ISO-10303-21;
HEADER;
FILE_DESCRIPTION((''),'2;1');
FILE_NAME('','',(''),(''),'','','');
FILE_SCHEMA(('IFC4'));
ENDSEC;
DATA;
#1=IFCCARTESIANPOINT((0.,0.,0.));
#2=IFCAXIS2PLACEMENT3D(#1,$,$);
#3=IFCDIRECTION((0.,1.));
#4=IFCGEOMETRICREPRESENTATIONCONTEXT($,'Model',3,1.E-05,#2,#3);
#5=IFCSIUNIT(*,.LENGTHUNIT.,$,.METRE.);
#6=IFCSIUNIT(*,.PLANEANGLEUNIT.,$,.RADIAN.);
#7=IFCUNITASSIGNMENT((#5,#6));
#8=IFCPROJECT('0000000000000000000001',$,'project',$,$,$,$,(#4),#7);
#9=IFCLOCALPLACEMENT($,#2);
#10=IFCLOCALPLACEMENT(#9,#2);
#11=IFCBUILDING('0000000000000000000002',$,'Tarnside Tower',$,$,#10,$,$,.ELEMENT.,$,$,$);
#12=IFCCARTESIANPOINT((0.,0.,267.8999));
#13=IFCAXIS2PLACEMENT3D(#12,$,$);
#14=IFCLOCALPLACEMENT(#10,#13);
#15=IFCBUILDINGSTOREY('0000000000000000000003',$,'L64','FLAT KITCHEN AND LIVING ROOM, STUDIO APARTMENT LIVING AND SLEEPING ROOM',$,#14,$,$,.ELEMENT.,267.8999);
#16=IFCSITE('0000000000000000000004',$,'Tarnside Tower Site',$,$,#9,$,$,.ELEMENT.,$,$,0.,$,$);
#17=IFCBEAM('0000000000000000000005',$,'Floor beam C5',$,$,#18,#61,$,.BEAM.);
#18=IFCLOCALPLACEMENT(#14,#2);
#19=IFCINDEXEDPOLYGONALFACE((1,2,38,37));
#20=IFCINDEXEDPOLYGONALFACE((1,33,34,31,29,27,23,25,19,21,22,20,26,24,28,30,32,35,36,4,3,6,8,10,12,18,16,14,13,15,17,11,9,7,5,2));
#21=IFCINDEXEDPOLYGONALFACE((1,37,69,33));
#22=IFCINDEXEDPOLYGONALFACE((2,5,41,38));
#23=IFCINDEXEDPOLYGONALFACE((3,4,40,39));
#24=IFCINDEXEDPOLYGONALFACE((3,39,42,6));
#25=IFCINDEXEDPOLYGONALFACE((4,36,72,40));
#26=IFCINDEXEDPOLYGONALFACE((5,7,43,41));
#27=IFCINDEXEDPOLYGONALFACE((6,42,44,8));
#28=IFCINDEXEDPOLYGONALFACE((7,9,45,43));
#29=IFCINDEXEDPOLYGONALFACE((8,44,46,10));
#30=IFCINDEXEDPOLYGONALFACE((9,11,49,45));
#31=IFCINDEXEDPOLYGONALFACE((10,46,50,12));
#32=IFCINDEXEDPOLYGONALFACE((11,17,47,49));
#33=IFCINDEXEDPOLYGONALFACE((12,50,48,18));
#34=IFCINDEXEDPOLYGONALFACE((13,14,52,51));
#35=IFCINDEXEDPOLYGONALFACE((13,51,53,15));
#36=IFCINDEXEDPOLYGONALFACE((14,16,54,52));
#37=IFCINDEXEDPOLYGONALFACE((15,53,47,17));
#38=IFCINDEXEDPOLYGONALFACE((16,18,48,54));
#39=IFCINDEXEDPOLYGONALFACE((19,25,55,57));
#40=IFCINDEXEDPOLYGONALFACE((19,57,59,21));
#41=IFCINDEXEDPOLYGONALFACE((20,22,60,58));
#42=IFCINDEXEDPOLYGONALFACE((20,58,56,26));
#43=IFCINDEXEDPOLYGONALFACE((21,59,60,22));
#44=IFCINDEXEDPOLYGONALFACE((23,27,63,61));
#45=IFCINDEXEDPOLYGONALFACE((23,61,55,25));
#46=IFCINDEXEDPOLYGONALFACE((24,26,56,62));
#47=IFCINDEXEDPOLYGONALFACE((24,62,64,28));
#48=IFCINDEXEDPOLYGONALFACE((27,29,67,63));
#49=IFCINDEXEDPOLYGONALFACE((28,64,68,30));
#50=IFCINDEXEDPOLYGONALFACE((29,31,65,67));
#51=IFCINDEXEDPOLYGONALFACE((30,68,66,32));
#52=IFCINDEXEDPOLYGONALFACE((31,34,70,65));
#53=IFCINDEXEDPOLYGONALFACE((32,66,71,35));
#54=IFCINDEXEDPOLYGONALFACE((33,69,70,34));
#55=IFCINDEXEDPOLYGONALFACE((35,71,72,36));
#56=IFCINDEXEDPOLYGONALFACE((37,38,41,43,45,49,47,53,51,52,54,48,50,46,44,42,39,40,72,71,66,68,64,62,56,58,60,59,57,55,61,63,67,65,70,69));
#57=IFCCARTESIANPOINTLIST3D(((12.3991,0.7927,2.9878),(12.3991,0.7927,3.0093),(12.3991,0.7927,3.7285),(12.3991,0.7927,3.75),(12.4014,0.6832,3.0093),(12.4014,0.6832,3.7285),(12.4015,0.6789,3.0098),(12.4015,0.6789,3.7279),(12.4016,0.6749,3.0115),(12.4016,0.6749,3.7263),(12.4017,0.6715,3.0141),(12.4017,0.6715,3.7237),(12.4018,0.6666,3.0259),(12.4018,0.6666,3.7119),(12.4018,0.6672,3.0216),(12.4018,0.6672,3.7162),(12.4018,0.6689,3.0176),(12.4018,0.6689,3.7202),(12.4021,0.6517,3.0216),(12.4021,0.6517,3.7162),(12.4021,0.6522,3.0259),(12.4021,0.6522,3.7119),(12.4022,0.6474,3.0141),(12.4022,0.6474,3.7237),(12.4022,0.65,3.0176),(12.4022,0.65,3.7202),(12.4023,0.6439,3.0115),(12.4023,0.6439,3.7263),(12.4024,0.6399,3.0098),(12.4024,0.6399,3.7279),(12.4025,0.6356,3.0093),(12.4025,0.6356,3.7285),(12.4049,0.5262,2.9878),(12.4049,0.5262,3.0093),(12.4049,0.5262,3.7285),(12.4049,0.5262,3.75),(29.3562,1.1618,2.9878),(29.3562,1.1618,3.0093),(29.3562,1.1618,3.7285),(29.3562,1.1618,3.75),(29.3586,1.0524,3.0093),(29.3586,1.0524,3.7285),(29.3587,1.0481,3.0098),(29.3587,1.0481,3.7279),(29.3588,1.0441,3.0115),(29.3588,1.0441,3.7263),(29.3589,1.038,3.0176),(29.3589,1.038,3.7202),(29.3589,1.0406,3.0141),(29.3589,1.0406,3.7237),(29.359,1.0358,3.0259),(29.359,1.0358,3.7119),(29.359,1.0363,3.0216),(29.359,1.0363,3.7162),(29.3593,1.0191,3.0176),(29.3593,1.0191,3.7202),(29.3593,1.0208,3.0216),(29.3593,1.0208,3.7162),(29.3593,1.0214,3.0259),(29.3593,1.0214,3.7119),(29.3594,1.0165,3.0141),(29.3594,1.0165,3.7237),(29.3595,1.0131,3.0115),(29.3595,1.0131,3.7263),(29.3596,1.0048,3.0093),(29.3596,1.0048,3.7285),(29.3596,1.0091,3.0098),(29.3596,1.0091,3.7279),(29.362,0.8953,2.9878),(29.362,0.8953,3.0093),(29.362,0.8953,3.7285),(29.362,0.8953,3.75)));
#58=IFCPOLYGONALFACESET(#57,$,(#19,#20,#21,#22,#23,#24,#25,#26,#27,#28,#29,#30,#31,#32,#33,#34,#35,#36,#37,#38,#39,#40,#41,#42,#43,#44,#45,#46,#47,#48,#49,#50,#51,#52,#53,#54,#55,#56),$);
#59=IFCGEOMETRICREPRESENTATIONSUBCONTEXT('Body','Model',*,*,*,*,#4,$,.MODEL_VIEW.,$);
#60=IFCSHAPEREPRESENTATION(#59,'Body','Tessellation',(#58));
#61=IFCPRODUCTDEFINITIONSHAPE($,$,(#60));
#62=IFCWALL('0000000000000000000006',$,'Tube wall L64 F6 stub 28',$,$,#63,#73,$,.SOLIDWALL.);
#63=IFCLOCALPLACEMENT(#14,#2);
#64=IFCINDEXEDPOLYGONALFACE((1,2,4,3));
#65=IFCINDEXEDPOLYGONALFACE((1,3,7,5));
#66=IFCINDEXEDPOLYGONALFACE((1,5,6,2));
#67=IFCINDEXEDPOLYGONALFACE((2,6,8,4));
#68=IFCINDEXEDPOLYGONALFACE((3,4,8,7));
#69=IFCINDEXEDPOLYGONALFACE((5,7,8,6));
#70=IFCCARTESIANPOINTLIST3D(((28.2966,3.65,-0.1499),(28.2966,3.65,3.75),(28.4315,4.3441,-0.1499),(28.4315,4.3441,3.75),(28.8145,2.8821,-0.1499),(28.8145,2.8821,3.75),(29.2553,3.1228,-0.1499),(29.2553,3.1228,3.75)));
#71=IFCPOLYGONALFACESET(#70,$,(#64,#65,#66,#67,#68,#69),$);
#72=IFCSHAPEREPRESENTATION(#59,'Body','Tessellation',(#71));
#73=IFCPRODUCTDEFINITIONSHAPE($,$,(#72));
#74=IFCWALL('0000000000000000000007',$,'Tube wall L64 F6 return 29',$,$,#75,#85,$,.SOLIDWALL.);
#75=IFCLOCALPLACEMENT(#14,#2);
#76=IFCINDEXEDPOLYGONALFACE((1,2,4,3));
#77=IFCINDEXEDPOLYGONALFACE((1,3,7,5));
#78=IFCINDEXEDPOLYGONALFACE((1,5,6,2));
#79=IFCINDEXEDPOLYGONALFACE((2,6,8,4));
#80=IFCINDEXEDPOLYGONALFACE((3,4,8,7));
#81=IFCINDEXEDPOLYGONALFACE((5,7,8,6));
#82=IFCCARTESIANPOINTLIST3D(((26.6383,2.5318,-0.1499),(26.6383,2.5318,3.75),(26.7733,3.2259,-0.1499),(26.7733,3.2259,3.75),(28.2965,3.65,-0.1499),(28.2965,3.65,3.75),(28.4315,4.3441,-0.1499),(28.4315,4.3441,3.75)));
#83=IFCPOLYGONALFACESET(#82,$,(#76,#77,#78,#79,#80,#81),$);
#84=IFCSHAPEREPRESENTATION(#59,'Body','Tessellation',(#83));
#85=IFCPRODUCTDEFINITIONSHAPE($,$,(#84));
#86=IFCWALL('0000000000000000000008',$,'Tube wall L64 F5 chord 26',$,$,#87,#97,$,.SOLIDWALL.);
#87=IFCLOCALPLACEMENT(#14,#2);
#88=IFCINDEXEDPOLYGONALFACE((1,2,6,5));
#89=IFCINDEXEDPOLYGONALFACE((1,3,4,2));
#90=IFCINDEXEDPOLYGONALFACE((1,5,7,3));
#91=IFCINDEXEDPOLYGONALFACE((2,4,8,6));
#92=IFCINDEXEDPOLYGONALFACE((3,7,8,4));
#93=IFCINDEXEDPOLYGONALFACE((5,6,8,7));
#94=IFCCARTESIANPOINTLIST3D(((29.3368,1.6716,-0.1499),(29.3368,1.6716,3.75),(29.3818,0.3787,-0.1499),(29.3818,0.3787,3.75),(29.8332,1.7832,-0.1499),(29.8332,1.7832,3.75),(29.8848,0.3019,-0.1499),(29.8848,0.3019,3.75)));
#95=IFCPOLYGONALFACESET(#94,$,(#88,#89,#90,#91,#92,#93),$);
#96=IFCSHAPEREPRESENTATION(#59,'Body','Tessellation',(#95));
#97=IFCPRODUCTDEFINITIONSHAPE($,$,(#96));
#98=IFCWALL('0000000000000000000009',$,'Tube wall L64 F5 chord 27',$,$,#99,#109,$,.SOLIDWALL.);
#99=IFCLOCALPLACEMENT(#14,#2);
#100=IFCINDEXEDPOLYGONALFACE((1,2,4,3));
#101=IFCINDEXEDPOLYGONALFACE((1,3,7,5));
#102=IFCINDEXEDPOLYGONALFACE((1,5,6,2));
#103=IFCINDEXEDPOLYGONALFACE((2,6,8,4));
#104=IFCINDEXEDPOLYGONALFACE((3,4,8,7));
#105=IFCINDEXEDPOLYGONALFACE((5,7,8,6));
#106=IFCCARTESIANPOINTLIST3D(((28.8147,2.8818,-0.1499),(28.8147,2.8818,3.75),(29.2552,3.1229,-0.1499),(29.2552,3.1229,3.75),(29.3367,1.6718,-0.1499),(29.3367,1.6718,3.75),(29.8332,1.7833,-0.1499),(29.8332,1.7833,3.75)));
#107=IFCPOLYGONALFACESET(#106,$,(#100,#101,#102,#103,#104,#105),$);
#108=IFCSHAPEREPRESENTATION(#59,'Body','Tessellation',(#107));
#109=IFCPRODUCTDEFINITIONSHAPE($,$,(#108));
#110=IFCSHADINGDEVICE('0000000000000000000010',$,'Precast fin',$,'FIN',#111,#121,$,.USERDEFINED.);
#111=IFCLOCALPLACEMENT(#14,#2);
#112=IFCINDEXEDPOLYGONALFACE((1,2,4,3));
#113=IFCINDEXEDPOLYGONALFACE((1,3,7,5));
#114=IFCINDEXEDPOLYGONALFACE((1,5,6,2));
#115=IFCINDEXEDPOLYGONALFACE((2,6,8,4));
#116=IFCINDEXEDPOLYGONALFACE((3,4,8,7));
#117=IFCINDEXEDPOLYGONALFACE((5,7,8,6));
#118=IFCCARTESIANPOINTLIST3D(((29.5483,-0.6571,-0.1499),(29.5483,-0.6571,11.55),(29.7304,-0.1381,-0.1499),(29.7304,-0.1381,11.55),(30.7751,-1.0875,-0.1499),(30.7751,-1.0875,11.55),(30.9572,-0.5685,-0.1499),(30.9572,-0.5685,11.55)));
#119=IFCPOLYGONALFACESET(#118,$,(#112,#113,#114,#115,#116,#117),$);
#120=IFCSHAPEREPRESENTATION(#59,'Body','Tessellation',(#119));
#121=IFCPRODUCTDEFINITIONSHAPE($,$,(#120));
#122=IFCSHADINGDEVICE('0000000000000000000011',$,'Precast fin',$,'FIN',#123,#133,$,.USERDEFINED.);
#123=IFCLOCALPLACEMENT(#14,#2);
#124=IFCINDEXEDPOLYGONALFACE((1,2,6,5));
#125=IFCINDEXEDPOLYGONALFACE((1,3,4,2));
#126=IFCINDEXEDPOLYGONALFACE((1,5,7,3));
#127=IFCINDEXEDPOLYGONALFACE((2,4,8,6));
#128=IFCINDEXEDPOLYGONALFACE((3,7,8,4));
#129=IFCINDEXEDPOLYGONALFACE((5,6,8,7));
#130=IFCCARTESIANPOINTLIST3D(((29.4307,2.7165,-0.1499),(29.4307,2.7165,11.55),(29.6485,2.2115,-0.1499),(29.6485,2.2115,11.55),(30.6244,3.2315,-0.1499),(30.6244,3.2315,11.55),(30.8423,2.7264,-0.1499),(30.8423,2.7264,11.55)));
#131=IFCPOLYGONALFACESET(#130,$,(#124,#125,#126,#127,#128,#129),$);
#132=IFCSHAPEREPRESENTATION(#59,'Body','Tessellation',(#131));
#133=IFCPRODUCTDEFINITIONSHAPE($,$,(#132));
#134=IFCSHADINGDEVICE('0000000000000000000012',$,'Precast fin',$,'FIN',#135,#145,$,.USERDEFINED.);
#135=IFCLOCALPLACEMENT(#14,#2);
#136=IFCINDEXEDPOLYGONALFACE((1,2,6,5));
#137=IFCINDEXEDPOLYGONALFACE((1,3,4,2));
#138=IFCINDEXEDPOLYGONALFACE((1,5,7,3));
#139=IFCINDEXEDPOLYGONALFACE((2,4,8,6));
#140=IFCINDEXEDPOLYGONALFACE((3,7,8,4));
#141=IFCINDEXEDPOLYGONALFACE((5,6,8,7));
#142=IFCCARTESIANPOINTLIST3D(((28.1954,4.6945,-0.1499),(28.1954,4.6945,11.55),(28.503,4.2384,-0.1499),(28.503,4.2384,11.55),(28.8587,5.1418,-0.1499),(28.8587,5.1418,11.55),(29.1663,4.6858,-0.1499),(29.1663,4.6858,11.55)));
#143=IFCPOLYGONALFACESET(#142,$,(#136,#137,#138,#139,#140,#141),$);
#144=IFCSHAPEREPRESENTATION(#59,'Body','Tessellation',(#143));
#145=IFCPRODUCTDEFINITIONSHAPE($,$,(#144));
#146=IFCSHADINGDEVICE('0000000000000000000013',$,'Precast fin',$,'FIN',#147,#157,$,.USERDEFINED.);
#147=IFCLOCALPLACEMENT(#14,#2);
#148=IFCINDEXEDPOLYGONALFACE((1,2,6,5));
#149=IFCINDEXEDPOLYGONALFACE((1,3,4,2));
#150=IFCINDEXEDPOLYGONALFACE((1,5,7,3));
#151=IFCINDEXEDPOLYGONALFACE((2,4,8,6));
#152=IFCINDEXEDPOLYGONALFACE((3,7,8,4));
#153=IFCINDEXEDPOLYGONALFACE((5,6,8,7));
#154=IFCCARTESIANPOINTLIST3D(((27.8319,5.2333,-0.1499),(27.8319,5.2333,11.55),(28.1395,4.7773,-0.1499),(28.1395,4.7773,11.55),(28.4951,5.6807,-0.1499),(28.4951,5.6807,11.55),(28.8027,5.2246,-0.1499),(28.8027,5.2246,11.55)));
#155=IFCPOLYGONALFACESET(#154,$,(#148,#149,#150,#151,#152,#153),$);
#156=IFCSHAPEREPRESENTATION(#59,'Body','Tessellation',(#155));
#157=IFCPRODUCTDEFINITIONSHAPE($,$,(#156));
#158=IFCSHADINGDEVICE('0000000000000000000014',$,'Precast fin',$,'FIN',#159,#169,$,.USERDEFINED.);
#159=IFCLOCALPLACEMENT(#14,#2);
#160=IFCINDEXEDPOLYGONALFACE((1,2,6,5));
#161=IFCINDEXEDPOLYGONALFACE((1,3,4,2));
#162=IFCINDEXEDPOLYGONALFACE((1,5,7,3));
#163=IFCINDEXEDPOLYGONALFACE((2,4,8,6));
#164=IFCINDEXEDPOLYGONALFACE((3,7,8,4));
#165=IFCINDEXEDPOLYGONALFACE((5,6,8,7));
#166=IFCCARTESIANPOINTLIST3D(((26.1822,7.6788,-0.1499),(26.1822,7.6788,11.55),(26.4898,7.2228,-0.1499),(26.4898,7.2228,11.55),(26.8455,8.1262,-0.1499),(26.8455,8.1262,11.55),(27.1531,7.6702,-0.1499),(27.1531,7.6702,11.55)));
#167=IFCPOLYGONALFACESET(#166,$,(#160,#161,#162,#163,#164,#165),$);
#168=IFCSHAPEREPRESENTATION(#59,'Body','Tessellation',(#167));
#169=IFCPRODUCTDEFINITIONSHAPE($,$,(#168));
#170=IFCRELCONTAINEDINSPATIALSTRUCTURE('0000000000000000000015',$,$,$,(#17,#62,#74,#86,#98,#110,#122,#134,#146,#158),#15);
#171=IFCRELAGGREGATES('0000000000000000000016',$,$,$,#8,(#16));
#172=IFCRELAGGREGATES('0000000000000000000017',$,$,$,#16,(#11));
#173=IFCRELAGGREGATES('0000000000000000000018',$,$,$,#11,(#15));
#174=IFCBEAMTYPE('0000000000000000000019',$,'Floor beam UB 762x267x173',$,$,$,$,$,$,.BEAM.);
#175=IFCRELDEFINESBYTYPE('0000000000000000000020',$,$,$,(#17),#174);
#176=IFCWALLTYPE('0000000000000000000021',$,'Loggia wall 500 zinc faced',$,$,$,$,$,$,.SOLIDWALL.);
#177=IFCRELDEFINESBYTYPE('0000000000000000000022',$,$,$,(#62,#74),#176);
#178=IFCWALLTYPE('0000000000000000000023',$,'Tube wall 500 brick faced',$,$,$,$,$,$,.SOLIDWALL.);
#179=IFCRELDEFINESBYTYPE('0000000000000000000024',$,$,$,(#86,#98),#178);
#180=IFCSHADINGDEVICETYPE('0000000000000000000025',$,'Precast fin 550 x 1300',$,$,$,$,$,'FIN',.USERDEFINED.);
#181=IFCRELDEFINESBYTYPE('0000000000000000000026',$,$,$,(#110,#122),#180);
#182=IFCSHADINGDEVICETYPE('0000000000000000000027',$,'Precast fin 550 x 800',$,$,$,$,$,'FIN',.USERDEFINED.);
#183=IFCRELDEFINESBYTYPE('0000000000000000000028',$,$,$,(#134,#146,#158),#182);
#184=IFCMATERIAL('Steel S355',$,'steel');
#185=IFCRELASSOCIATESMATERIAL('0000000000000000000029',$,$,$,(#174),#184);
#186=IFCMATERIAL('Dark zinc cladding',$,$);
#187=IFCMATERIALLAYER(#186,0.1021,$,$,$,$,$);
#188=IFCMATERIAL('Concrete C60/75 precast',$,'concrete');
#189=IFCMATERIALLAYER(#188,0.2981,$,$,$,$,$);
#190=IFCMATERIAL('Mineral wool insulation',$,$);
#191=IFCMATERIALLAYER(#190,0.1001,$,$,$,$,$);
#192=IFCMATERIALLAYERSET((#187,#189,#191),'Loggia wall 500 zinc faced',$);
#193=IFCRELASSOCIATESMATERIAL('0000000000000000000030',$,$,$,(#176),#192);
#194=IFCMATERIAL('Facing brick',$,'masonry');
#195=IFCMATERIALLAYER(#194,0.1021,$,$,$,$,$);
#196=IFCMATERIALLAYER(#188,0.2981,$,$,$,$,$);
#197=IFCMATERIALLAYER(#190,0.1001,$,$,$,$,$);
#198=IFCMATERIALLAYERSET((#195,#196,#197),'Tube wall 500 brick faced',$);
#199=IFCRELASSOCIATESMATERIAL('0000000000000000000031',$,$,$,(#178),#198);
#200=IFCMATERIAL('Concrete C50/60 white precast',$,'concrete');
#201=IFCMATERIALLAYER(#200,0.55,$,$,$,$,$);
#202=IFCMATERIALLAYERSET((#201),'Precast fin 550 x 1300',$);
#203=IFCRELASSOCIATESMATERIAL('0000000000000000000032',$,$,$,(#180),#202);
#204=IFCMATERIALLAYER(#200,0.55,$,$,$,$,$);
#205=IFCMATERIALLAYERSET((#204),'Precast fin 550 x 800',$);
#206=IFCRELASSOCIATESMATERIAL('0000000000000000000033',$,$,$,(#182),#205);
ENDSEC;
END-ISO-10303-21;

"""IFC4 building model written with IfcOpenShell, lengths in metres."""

from ifc_helpers import new_model, si_unit, direction, frame, origin, origin_2d, place, context, subcontext, project, spatial, polyline, i_section, outline, extrude, material, layer, layer_set, material_profile, profile_set, type_object, element, save


model = new_model("IFC4")

# Units and contexts
model_context = context("Model", 3, precision=1e-05, world=origin(), true_north=direction((0.0, 1.0)))
body_context = subcontext(model_context, "Body", "Model", "MODEL_VIEW")
ifc_project = project(units=[si_unit("LENGTHUNIT", "METRE"), si_unit("PLANEANGLEUNIT", "RADIAN")], contexts=[model_context])

# Site, building, storey
site_placement = place(None, origin())
site = spatial("IfcSite", under=ifc_project, at=site_placement, Name="Tarnside Tower Site", CompositionType="ELEMENT", RefElevation=0.0)
building_placement = place(site_placement, origin())
building = spatial("IfcBuilding", under=site, at=building_placement, Name="Tarnside Tower", CompositionType="ELEMENT")
storey_placement = place(building_placement, frame((0.0, 0.0, 267.8999)))
storey = spatial("IfcBuildingStorey", under=building, at=storey_placement, Name="L64", Description="FLAT KITCHEN AND LIVING ROOM, STUDIO APARTMENT LIVING AND SLEEPING ROOM", CompositionType="ELEMENT", Elevation=267.8999)

# Beam
ifc_material_1 = material(Name="Steel S355", Category="steel")
ifc_material_profile = material_profile(ifc_material_1, i_section(OverallWidth=0.2666, OverallDepth=0.7622, WebThickness=0.0144, FlangeThickness=0.0215, FilletRadius=0.0166, at=origin_2d()), Name="UB 762x267x173")
ifc_profile_set = profile_set([ifc_material_profile], Name="Steel S355")
beam_type = type_object("IfcBeamType", Name="Floor beam UB 762x267x173", PredefinedType="BEAM", material=ifc_profile_set)
beam_placement = place(storey_placement, frame((29.3591, 1.0286, 3.3689), z_axis=(-0.999763, -0.021764, 0.0), x_axis=(0.021764, -0.999763, 0.0)))
element("IfcBeam", 1, at=beam_placement, inside=storey, type_object=beam_type, Name="Floor beam C5", PredefinedType="BEAM", context=body_context, shape_type="SweptSolid", body=[
    extrude(i_section(OverallWidth=0.2666, OverallDepth=0.7622, WebThickness=0.0144, FlangeThickness=0.0215, FilletRadius=0.0166, at=origin_2d()), origin(), (0.0, 0.0, 1.0), 16.9612),
])

# Walls
ifc_material_2 = material(Name="Dark zinc cladding")
ifc_layer_1 = layer(ifc_material_2, 0.1021)
ifc_material_3 = material(Name="Concrete C60/75 precast", Category="concrete")
ifc_layer_2 = layer(ifc_material_3, 0.2981)
ifc_material_4 = material(Name="Mineral wool insulation")
ifc_layer_3 = layer(ifc_material_4, 0.1001)
ifc_layer_set_1 = layer_set([ifc_layer_1, ifc_layer_2, ifc_layer_3], Name="Loggia wall 500 zinc faced")
wall_type_1 = type_object("IfcWallType", Name="Loggia wall 500 zinc faced", PredefinedType="SOLIDWALL", material=ifc_layer_set_1)
wall_1_placement = place(storey_placement, frame((29.0349, 3.0024, -0.1499), z_axis=(0.0, 0.0, 1.0), x_axis=(-0.5592, 0.829033, 0.0)))
element("IfcWall", 2, at=wall_1_placement, inside=storey, type_object=wall_type_1, Name="Tube wall L64 F6 stub 28", PredefinedType="SOLIDWALL", context=body_context, shape_type="SweptSolid", body=[
    extrude(outline(polyline([(-0.0234, -0.25), (1.4497, -0.25), (0.9497, 0.25), (0.0234, 0.25), (-0.0234, -0.25)])), origin(), (0.0, 0.0, 1.0), 3.8999),
])
wall_2_placement = place(storey_placement, frame((28.364, 3.9971, -0.1499), z_axis=(0.0, 0.0, 1.0), x_axis=(-0.829109, -0.559087, 0.0)))
element("IfcWall", 3, at=wall_2_placement, inside=storey, type_object=wall_type_1, Name="Tube wall L64 F6 return 29", PredefinedType="SOLIDWALL", context=body_context, shape_type="SweptSolid", body=[
    extrude(outline(polyline([(-0.25, -0.25), (1.75, -0.25), (2.25, 0.25), (0.25, 0.25), (-0.25, -0.25)])), origin(), (0.0, 0.0, 1.0), 3.8999),
])

# Walls
ifc_material_5 = material(Name="Facing brick", Category="masonry")
ifc_layer_4 = layer(ifc_material_5, 0.1021)
ifc_layer_5 = layer(ifc_material_3, 0.2981)
ifc_layer_6 = layer(ifc_material_4, 0.1001)
ifc_layer_set_2 = layer_set([ifc_layer_4, ifc_layer_5, ifc_layer_6], Name="Tube wall 500 brick faced")
wall_type_2 = type_object("IfcWallType", Name="Tube wall 500 brick faced", PredefinedType="SOLIDWALL", material=ifc_layer_set_2)
wall_3_placement = place(storey_placement, frame((29.6333, 0.3403, -0.1499), z_axis=(0.0, 0.0, 1.0), x_axis=(-0.034826, 0.999393, 0.0)))
element("IfcWall", 4, at=wall_3_placement, inside=storey, type_object=wall_type_2, Name="Tube wall L64 F5 chord 26", PredefinedType="SOLIDWALL", context=body_context, shape_type="SweptSolid", body=[
    extrude(outline(polyline([(-0.0471, -0.25), (1.4351, -0.25), (1.3408, 0.25), (0.0471, 0.25), (-0.0471, -0.25)])), origin(), (0.0, 0.0, 1.0), 3.8999),
])
wall_4_placement = place(storey_placement, frame((29.585, 1.7275, -0.1499), z_axis=(0.0, 0.0, 1.0), x_axis=(-0.396146, 0.918187, 0.0)))
element("IfcWall", 5, at=wall_4_placement, inside=storey, type_object=wall_type_2, Name="Tube wall L64 F5 chord 27", PredefinedType="SOLIDWALL", context=body_context, shape_type="SweptSolid", body=[
    extrude(outline(polyline([(-0.0471, -0.25), (1.4119, -0.25), (1.365, 0.25), (0.0471, 0.25), (-0.0471, -0.25)])), origin(), (0.0, 0.0, 1.0), 3.8999),
])

# Shading devices
ifc_material_6 = material(Name="Concrete C50/60 white precast", Category="concrete")
ifc_layer_7 = layer(ifc_material_6, 0.55)
ifc_layer_set_3 = layer_set([ifc_layer_7], Name="Precast fin 550 x 1300")
shading_device_type_1 = type_object("IfcShadingDeviceType", Name="Precast fin 550 x 1300", ElementType="FIN", PredefinedType="USERDEFINED", material=ifc_layer_set_3)
for number, where, z_axis, x_axis, name in (
    (6, (29.6394, -0.3975, -0.1499), (-0.331063, -0.943609, 0.0), (0.943609, -0.331063, 0.0), "Precast fin"),
    (7, (29.5396, 2.4641, -0.1499), (0.39608, -0.918216, 0.0), (0.918216, 0.39608, 0.0), "Precast fin"),
):
    element("IfcShadingDevice", number, at=place(storey_placement, frame(where, z_axis=z_axis, x_axis=x_axis)), inside=storey, type_object=shading_device_type_1, Name=name, ObjectType="FIN", PredefinedType="USERDEFINED", context=body_context, shape_type="SweptSolid", body=[
        extrude(outline(polyline([(0.0, 0.0), (1.3, 0.0), (1.3, 11.7), (0.0, 11.7), (0.0, 0.0)])), frame((0.0, 0.0, -0.2749)), (0.0, 0.0, 1.0), 0.55),
    ])
ifc_layer_8 = layer(ifc_material_6, 0.55)
ifc_layer_set_4 = layer_set([ifc_layer_8], Name="Precast fin 550 x 800")
shading_device_type_2 = type_object("IfcShadingDeviceType", Name="Precast fin 550 x 800", ElementType="FIN", PredefinedType="USERDEFINED", material=ifc_layer_set_4)
for number, where, z_axis, x_axis, name in (
    (8, (28.3491, 4.4666, -0.1499), (0.559193, -0.829038, 0.0), (0.829038, 0.559193, 0.0), "Precast fin"),
    (9, (27.9856, 5.0054, -0.1499), (0.559193, -0.829038, 0.0), (0.829038, 0.559193, 0.0), "Precast fin"),
    (10, (26.3359, 7.4509, -0.1499), (0.559193, -0.829038, 0.0), (0.829038, 0.559193, 0.0), "Precast fin"),
):
    element("IfcShadingDevice", number, at=place(storey_placement, frame(where, z_axis=z_axis, x_axis=x_axis)), inside=storey, type_object=shading_device_type_2, Name=name, ObjectType="FIN", PredefinedType="USERDEFINED", context=body_context, shape_type="SweptSolid", body=[
        extrude(outline(polyline([(0.0, 0.0), (0.8, 0.0), (0.8, 11.7), (0.0, 11.7), (0.0, 0.0)])), frame((0.0, 0.0, -0.2749)), (0.0, 0.0, 1.0), 0.55),
    ])

save(model, "model.ifc")
